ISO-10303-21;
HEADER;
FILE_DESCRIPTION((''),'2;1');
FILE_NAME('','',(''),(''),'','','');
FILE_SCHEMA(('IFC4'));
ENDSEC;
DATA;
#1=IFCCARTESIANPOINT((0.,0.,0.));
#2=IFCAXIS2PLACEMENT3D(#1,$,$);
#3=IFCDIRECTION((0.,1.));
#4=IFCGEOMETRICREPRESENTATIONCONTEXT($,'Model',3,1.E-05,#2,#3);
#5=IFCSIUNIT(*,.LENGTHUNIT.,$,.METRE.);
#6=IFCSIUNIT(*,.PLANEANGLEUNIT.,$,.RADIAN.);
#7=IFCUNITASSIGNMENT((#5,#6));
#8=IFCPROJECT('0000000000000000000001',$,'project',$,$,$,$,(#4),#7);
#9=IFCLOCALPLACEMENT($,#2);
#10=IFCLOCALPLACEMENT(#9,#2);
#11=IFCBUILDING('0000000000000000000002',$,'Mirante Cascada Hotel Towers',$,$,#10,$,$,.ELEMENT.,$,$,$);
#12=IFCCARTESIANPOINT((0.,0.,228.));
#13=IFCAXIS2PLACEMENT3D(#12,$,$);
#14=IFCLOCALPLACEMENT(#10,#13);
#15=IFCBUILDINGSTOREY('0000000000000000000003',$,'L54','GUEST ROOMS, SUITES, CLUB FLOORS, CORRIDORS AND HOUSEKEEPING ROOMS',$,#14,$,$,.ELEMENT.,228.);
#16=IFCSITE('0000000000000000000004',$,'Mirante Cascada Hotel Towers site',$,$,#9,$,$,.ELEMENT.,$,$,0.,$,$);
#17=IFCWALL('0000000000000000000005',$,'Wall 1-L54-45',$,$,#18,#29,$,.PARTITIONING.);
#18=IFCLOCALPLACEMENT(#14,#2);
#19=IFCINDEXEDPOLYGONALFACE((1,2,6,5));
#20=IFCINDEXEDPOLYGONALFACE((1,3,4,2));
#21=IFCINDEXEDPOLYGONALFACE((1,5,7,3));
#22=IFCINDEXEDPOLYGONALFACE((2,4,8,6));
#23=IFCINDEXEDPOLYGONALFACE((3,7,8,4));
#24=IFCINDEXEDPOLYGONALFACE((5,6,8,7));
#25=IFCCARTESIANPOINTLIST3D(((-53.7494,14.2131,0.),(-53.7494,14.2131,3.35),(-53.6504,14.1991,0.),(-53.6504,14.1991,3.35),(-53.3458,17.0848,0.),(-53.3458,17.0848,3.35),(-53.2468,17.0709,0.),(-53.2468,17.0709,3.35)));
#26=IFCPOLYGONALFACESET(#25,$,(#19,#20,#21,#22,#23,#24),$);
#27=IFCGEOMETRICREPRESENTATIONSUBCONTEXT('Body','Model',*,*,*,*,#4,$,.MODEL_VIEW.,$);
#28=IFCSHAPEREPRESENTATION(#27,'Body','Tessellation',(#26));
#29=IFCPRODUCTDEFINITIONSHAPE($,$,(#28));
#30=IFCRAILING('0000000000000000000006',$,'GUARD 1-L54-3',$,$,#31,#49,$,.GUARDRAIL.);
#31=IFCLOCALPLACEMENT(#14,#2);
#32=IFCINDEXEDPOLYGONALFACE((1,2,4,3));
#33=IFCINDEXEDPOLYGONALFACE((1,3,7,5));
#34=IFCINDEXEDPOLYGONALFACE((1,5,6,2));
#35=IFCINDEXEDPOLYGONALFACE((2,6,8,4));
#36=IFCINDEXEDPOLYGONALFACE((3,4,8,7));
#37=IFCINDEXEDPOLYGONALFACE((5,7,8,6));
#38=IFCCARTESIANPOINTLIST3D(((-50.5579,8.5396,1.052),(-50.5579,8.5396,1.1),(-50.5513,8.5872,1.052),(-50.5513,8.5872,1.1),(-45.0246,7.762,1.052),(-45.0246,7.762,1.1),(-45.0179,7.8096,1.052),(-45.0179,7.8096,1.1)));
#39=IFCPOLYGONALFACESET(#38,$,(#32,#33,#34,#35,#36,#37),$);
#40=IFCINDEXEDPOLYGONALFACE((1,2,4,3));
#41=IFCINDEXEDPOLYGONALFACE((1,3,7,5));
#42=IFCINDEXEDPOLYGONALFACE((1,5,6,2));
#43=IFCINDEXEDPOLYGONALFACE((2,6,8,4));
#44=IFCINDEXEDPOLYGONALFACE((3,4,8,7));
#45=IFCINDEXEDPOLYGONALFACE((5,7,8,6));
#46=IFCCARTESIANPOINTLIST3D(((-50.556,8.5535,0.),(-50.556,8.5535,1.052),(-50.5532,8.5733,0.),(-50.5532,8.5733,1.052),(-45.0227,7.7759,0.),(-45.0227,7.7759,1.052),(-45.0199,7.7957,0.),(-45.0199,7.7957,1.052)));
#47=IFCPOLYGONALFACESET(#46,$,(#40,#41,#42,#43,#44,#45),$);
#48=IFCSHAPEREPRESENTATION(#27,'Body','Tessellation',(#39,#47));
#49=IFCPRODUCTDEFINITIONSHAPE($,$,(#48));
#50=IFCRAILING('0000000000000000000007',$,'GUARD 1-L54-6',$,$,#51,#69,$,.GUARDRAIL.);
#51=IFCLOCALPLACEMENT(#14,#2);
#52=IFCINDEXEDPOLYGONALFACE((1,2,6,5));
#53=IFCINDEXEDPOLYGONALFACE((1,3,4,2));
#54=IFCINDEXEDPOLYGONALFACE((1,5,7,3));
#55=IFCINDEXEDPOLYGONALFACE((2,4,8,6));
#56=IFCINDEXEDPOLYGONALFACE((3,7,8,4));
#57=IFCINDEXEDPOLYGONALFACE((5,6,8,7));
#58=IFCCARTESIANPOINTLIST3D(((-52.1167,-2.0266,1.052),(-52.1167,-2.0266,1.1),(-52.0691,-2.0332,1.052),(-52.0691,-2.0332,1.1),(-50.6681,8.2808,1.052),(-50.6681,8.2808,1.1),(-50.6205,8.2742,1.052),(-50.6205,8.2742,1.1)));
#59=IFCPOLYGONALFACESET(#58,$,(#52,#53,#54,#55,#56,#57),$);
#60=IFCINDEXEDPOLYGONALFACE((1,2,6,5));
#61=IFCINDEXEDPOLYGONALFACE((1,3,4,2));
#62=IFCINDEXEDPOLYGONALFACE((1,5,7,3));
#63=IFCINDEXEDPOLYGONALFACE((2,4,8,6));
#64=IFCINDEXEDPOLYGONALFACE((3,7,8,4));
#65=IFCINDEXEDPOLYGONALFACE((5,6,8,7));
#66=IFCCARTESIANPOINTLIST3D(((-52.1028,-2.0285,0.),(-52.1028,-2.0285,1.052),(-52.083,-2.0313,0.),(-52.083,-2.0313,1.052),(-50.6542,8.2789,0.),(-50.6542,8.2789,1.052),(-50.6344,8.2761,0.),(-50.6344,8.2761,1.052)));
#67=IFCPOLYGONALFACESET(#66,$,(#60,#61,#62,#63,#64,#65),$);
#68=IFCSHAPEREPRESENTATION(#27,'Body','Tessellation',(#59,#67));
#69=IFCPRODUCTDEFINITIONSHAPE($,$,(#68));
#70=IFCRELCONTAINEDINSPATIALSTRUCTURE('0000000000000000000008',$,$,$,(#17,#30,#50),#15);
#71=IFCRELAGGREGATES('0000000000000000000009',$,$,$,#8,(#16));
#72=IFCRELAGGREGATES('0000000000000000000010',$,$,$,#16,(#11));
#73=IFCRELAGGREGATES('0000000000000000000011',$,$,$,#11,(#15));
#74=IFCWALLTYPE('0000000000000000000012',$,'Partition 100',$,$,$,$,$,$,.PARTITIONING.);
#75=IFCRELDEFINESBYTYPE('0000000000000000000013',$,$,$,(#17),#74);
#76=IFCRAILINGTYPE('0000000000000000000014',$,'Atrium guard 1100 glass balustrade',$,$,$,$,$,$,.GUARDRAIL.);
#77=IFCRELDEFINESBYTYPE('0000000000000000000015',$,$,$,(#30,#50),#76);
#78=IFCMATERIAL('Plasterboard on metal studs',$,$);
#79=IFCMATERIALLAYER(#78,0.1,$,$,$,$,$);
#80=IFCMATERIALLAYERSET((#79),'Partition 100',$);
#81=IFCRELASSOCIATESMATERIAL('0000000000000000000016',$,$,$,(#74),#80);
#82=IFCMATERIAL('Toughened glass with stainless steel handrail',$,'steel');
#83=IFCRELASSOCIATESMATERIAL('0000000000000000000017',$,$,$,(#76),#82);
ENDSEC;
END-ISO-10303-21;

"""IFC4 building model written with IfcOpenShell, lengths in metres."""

from ifc_helpers import new_model, si_unit, direction, frame, frame_2d, origin, origin_2d, place, context, subcontext, project, spatial, rectangle, extrude, material, layer, layer_set, type_object, element, save


model = new_model("IFC4")

# Units and contexts
model_context = context("Model", 3, precision=1e-05, world=origin(), true_north=direction((0.0, 1.0)))
body_context = subcontext(model_context, "Body", "Model", "MODEL_VIEW")
ifc_project = project(units=[si_unit("LENGTHUNIT", "METRE"), si_unit("PLANEANGLEUNIT", "RADIAN")], contexts=[model_context])

# Site, building, storey
site_placement = place(None, origin())
site = spatial("IfcSite", under=ifc_project, at=site_placement, Name="Mirante Cascada Hotel Towers site", CompositionType="ELEMENT", RefElevation=0.0)
building_placement = place(site_placement, origin())
building = spatial("IfcBuilding", under=site, at=building_placement, Name="Mirante Cascada Hotel Towers", CompositionType="ELEMENT")
storey_placement = place(building_placement, frame((0.0, 0.0, 228.0)))
storey = spatial("IfcBuildingStorey", under=building, at=storey_placement, Name="L54", Description="GUEST ROOMS, SUITES, CLUB FLOORS, CORRIDORS AND HOUSEKEEPING ROOMS", CompositionType="ELEMENT", Elevation=228.0)

# Shared definitions
ifc_material_1 = material(Name="Plasterboard on metal studs")
ifc_layer_1 = layer(ifc_material_1, 0.1)
ifc_layer_set_1 = layer_set([ifc_layer_1], Name="Partition 100")
wall_type_1 = type_object("IfcWallType", Name="Partition 100", PredefinedType="PARTITIONING", material=ifc_layer_set_1)

# Wall
wall_1_placement = place(storey_placement, frame((-53.6999, 14.2061, 0.0), z_axis=(0.0, 0.0, 1.0), x_axis=(0.139171, 0.990268, 0.0)))
element("IfcWall", 1, at=wall_1_placement, inside=storey, type_object=wall_type_1, Name="Wall 1-L54-45", PredefinedType="PARTITIONING", context=body_context, shape_type="SweptSolid", body=[
    extrude(rectangle(XDim=2.9, YDim=0.1, at=frame_2d((1.45, 0.0))), origin(), (0.0, 0.0, 1.0), 3.35),
])

# Railings
ifc_material_2 = material(Name="Toughened glass with stainless steel handrail", Category="steel")
railing_type = type_object("IfcRailingType", Name="Atrium guard 1100 glass balustrade", PredefinedType="GUARDRAIL", material=ifc_material_2)
railing_1_placement = place(storey_placement, frame((-50.5546, 8.5634, 0.0)))
element("IfcRailing", 2, at=railing_1_placement, inside=storey, type_object=railing_type, Name="GUARD 1-L54-3", PredefinedType="GUARDRAIL", context=body_context, shape_type="SweptSolid", body=[
    extrude(rectangle(XDim=0.048, YDim=0.048, at=origin_2d()), frame((0.0, 0.0, 1.076), z_axis=(0.990269, -0.139163, 0.0), x_axis=(0.139163, 0.990269, 0.0)), (0.0, 0.0, 1.0), 5.5877),
    extrude(rectangle(XDim=0.02, YDim=1.052, at=origin_2d()), frame((0.0, 0.0, 0.526), z_axis=(0.990269, -0.139163, 0.0), x_axis=(0.139163, 0.990269, 0.0)), (0.0, 0.0, 1.0), 5.5877),
])
railing_2_placement = place(storey_placement, frame((-50.6443, 8.2775, 0.0)))
element("IfcRailing", 3, at=railing_2_placement, inside=storey, type_object=railing_type, Name="GUARD 1-L54-6", PredefinedType="GUARDRAIL", context=body_context, shape_type="SweptSolid", body=[
    extrude(rectangle(XDim=0.048, YDim=0.048, at=origin_2d()), frame((0.0, 0.0, 1.076), z_axis=(-0.139172, -0.990268, 0.0), x_axis=(0.990268, -0.139172, 0.0)), (0.0, 0.0, 1.0), 10.4087),
    extrude(rectangle(XDim=0.02, YDim=1.052, at=origin_2d()), frame((0.0, 0.0, 0.526), z_axis=(-0.139172, -0.990268, 0.0), x_axis=(0.990268, -0.139172, 0.0)), (0.0, 0.0, 1.0), 10.4087),
])

save(model, "model.ifc")
